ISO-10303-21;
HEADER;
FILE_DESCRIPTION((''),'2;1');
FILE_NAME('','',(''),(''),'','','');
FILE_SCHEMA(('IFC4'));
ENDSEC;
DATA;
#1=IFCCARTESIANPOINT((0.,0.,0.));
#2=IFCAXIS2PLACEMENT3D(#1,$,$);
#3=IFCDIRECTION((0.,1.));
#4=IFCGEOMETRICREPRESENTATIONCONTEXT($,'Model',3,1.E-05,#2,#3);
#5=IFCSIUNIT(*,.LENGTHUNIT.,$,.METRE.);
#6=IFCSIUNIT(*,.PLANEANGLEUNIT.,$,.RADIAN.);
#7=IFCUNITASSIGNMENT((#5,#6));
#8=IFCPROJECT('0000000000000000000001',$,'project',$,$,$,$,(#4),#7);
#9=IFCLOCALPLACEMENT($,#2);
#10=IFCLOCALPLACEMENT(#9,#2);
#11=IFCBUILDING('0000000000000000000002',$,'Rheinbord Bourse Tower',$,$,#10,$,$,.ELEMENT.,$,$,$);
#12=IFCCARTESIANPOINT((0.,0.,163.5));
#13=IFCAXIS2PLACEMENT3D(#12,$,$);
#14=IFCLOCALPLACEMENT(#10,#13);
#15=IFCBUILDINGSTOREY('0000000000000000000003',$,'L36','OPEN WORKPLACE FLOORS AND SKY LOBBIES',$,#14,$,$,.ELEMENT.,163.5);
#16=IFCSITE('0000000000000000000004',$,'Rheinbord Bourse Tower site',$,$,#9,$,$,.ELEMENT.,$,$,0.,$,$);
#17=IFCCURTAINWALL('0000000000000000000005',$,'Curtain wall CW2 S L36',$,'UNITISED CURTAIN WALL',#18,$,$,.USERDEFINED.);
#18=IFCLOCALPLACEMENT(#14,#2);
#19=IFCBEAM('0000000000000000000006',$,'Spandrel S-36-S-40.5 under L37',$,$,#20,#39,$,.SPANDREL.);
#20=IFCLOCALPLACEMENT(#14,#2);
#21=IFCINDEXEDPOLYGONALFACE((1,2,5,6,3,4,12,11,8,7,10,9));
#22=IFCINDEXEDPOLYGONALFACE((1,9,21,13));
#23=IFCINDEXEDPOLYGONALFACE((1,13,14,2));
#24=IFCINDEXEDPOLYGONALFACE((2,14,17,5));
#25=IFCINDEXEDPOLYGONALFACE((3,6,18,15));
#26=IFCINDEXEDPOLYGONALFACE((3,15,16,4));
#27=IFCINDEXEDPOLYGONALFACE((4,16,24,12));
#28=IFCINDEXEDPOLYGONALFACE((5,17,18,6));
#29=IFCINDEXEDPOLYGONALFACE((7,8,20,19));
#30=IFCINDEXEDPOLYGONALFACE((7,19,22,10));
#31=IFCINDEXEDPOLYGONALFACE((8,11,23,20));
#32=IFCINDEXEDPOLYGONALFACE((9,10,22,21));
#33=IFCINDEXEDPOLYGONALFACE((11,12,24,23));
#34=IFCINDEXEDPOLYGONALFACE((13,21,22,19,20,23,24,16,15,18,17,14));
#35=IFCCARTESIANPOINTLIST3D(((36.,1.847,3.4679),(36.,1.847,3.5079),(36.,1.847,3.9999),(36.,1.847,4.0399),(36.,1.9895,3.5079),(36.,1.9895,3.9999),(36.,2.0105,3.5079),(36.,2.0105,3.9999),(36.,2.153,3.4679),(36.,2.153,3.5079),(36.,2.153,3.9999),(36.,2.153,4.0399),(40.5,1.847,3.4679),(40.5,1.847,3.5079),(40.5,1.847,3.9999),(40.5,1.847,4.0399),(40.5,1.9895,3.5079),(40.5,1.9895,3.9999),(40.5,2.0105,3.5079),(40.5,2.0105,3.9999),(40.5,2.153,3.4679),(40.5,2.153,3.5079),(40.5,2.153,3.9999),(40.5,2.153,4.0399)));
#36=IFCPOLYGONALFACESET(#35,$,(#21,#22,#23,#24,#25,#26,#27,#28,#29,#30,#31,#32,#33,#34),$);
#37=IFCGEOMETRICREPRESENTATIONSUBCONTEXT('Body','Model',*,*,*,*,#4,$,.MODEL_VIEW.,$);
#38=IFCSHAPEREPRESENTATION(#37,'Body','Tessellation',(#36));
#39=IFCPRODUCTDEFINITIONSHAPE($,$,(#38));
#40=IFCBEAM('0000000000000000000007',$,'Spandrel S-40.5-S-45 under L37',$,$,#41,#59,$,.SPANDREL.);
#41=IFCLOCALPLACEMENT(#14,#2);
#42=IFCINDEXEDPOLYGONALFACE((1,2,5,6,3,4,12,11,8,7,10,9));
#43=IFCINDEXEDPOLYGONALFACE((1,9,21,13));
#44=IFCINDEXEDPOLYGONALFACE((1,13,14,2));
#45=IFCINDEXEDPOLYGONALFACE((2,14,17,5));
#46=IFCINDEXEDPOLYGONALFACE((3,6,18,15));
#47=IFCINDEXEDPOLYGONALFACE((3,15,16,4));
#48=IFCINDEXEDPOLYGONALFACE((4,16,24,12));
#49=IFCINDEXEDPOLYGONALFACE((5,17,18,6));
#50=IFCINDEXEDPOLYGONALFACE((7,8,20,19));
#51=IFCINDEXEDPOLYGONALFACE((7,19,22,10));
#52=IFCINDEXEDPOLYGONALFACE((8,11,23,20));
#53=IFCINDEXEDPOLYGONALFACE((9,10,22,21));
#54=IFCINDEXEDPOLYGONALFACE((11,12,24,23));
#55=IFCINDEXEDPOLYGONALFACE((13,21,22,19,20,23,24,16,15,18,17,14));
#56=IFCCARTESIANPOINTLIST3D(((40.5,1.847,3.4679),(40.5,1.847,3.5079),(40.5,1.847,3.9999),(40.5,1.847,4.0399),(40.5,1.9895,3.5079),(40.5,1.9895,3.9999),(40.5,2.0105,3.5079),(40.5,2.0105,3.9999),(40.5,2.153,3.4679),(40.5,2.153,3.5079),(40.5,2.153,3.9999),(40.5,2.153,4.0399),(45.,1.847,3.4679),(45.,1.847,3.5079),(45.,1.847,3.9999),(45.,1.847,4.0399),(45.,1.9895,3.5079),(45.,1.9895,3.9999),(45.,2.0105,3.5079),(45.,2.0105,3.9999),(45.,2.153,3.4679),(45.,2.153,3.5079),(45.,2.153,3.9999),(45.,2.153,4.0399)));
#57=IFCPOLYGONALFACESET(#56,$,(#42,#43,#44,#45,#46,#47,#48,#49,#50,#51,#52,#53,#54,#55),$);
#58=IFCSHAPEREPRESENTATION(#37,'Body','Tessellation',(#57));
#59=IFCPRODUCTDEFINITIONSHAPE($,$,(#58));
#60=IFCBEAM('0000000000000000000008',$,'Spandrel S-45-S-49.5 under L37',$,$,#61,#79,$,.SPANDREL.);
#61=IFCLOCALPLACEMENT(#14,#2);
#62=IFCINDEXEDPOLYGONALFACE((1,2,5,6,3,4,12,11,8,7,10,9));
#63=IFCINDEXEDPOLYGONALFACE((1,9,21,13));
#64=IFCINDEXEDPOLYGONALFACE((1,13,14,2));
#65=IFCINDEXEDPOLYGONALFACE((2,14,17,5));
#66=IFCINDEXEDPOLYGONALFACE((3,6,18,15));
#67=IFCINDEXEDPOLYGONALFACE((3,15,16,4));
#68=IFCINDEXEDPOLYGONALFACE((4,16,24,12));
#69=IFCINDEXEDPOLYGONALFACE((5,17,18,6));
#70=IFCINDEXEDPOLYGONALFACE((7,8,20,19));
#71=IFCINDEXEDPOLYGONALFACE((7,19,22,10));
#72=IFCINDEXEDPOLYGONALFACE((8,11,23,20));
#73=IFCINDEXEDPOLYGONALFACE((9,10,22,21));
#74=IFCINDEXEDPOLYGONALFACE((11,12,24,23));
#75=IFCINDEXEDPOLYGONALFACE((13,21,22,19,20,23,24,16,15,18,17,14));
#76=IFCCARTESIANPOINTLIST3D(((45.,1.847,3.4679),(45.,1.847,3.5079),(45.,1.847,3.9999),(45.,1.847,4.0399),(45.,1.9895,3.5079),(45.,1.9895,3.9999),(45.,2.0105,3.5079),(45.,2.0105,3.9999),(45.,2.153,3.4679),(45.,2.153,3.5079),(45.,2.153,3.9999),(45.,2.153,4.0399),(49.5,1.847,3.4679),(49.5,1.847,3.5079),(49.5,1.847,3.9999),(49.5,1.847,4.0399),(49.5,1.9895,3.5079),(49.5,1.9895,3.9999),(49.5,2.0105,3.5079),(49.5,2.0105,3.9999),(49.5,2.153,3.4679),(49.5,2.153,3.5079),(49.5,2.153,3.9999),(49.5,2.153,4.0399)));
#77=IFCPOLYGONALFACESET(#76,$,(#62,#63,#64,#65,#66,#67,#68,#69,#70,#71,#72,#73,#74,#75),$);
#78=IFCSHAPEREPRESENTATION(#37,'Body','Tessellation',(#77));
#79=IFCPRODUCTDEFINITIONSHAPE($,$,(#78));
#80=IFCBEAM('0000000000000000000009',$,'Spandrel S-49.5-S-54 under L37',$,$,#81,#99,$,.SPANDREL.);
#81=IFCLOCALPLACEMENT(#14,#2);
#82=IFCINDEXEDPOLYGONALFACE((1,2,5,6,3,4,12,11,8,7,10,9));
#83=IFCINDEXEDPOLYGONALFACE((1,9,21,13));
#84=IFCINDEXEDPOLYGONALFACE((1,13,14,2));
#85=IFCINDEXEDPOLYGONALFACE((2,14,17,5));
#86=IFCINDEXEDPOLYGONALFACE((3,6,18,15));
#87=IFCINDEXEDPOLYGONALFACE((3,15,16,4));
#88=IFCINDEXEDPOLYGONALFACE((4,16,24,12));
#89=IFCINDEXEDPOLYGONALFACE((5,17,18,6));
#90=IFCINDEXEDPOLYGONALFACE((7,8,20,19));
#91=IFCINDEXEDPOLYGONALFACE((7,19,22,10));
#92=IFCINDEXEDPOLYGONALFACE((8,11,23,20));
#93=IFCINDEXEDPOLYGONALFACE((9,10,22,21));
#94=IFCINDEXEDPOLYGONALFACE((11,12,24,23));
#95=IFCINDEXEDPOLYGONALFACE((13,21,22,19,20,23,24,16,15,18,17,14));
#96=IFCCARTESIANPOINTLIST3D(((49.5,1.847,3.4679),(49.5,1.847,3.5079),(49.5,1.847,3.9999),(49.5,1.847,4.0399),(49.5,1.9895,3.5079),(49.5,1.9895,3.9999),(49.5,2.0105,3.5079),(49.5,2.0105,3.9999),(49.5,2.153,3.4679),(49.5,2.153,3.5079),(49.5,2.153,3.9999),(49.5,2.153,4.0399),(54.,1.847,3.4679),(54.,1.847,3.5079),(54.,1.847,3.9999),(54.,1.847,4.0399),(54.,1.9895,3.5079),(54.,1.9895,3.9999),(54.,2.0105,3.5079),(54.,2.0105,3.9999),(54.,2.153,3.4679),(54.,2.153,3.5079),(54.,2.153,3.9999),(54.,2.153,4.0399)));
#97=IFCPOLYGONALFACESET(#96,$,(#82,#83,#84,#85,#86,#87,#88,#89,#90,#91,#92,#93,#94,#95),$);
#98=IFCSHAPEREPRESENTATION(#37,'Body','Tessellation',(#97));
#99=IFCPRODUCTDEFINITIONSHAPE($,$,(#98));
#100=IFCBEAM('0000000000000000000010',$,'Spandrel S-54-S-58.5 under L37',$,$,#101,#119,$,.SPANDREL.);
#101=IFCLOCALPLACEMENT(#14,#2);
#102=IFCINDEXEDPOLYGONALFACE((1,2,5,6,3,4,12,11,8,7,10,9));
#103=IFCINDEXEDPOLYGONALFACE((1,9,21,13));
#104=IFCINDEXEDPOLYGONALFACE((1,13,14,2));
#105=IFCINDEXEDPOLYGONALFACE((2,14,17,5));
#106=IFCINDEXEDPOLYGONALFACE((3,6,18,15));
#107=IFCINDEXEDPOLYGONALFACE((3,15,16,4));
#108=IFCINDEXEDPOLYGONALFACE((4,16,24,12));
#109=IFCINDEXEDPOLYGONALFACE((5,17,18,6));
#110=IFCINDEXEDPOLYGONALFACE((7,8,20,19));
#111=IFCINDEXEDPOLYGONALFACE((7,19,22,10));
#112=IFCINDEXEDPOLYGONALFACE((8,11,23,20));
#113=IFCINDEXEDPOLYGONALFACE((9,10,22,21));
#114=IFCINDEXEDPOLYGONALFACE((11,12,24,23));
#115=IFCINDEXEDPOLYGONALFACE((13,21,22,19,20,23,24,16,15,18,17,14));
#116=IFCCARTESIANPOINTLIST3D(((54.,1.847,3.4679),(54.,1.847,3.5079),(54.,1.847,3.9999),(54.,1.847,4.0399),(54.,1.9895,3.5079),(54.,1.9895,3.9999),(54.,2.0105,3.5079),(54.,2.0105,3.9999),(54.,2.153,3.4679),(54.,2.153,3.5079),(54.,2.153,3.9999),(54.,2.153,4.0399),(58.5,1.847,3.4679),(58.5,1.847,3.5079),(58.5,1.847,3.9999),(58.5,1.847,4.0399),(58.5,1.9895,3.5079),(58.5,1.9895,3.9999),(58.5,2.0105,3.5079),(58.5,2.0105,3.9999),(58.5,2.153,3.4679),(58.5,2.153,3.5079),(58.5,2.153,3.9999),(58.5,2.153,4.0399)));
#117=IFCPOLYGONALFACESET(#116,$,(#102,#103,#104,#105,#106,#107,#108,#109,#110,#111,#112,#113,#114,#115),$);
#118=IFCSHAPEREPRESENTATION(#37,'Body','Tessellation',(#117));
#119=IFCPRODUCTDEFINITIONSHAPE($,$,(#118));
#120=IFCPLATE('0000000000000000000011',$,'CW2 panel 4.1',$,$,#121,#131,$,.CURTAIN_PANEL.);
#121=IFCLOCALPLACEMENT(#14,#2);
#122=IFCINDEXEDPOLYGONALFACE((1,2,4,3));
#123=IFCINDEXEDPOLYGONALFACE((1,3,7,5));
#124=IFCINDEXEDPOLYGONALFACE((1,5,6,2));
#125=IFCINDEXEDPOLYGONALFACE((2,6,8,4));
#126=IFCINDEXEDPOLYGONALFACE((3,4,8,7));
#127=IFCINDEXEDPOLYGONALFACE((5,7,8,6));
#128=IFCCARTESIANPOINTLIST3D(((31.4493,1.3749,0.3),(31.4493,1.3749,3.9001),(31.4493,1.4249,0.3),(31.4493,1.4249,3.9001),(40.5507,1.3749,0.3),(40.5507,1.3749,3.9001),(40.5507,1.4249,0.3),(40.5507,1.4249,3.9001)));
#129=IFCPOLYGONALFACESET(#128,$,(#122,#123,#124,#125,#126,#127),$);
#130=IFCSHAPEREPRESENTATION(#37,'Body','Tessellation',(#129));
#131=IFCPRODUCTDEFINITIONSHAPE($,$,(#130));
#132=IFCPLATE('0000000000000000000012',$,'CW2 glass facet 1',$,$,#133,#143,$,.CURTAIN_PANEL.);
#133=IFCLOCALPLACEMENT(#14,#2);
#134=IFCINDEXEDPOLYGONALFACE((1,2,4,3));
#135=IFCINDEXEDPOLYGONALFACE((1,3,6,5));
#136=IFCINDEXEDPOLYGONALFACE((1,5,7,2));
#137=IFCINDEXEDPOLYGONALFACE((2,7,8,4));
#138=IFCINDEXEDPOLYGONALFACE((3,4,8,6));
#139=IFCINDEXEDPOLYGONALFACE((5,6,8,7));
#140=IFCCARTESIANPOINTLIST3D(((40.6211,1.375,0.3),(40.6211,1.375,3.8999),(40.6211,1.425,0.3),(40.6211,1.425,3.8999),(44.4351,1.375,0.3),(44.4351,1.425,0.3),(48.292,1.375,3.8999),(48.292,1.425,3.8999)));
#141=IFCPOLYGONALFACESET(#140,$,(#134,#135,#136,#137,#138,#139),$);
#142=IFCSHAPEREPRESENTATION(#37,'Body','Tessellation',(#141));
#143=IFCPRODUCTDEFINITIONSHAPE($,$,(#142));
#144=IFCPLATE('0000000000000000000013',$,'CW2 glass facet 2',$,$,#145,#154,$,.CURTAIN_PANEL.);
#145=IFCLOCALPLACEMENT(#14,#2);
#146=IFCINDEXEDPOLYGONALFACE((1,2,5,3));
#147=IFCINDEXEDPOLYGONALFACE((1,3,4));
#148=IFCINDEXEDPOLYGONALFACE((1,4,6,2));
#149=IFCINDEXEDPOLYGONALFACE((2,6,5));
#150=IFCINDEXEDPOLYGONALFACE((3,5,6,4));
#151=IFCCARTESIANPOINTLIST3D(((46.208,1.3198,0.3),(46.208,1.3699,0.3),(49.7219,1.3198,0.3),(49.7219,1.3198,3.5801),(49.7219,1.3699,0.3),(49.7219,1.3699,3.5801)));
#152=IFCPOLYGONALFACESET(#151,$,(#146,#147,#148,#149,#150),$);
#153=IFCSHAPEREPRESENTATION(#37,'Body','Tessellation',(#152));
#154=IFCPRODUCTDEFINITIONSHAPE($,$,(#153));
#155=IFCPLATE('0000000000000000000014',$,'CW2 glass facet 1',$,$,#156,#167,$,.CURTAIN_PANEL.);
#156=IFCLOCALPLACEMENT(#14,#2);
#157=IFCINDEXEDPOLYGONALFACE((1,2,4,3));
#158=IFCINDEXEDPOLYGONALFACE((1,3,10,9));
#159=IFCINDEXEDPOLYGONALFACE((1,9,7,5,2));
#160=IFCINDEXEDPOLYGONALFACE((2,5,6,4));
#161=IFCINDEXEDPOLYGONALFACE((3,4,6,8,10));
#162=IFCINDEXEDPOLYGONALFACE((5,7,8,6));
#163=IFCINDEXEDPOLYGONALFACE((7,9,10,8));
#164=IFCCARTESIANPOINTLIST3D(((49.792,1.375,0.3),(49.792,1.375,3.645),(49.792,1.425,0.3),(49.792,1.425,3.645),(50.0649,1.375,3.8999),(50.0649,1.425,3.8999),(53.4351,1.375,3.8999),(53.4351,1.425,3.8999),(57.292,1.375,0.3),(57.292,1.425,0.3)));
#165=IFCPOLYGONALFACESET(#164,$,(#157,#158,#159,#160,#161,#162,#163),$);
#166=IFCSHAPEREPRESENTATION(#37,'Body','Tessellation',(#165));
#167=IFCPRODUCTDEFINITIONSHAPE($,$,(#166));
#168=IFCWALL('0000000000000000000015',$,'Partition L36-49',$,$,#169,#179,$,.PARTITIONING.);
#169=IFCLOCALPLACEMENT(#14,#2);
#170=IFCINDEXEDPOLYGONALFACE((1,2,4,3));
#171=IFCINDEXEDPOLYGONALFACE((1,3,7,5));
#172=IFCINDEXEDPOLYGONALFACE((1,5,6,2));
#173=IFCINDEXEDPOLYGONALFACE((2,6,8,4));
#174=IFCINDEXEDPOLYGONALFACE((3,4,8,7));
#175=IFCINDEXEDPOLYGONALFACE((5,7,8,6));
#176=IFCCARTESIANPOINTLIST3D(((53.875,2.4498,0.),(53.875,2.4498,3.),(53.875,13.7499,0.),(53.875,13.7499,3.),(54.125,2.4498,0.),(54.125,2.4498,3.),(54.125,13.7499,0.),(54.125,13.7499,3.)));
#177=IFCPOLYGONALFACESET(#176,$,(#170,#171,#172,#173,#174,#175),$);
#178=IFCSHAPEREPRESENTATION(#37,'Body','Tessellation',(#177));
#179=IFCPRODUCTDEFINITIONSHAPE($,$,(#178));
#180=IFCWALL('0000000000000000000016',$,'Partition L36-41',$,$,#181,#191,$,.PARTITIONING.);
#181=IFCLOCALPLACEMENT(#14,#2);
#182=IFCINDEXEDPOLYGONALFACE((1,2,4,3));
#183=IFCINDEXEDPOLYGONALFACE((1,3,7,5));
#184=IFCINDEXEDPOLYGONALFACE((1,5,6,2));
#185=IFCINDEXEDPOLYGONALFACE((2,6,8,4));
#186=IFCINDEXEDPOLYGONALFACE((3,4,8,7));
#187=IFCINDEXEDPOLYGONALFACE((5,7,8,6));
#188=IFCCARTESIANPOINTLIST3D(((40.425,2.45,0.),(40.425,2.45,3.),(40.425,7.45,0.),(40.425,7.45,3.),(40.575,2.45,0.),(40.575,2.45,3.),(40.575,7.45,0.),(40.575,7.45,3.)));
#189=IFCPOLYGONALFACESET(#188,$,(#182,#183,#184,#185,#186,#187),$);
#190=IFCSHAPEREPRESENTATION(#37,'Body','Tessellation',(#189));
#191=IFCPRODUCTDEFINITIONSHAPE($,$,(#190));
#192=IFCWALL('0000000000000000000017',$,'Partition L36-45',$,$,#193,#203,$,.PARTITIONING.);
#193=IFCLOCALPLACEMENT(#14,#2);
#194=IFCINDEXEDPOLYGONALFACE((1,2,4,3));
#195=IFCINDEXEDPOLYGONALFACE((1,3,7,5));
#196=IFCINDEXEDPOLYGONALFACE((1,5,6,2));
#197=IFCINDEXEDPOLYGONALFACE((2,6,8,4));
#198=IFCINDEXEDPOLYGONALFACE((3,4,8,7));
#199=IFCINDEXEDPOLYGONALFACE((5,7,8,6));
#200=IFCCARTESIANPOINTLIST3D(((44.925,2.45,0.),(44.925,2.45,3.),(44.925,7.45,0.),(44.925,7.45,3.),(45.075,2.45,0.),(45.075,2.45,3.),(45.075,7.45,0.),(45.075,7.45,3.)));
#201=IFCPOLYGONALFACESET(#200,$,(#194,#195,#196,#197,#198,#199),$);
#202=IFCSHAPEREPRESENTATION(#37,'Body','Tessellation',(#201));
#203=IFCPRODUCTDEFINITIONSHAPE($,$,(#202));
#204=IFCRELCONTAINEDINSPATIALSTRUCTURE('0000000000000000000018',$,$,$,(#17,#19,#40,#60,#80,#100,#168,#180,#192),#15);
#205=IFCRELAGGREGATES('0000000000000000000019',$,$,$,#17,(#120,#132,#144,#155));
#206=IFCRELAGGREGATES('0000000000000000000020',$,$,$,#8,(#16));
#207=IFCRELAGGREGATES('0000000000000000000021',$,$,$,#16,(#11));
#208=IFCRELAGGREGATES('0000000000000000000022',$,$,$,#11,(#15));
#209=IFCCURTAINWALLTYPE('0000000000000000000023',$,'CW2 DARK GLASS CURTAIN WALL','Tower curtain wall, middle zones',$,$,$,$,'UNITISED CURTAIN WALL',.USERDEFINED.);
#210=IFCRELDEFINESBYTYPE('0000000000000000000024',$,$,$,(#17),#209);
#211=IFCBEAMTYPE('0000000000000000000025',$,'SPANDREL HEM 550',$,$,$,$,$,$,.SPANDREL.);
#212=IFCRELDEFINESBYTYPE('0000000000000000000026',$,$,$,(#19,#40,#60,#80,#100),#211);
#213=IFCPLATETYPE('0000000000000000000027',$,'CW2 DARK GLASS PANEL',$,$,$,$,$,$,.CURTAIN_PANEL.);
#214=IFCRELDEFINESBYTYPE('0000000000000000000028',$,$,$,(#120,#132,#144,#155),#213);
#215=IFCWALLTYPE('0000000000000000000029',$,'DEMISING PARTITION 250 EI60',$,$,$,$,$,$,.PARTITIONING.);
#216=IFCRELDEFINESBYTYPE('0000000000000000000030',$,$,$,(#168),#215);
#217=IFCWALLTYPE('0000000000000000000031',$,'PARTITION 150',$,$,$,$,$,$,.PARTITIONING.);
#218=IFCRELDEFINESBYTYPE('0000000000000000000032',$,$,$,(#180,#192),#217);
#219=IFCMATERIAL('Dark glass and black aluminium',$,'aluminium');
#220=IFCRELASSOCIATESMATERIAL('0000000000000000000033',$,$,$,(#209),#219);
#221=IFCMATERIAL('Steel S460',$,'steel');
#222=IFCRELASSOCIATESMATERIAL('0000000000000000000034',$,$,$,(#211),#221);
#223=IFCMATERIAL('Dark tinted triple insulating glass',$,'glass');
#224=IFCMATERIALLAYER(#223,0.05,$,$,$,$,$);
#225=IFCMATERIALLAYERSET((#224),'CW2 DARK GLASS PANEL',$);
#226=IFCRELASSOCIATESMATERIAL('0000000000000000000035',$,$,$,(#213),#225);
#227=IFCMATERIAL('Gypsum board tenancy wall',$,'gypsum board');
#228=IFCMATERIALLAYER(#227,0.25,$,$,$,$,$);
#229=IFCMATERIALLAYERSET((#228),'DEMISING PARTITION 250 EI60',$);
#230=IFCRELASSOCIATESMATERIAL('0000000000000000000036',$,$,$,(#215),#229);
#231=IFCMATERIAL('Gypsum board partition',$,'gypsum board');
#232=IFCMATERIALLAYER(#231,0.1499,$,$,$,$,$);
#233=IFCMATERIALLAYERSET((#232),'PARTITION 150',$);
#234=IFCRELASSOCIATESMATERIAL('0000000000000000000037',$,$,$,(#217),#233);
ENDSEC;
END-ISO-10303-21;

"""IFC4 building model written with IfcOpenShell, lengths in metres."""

from ifc_helpers import new_model, si_unit, direction, frame, frame_2d, origin, origin_2d, place, context, subcontext, project, spatial, polyline, rectangle, i_section, outline, extrude, material, layer, layer_set, material_profile, profile_set, type_object, element, aggregate, save


model = new_model("IFC4")

# Units and contexts
model_context = context("Model", 3, precision=1e-05, world=origin(), true_north=direction((0.0, 1.0)))
body_context = subcontext(model_context, "Body", "Model", "MODEL_VIEW")
ifc_project = project(units=[si_unit("LENGTHUNIT", "METRE"), si_unit("PLANEANGLEUNIT", "RADIAN")], contexts=[model_context])

# Site, building, storey
site_placement = place(None, origin())
site = spatial("IfcSite", under=ifc_project, at=site_placement, Name="Rheinbord Bourse Tower site", CompositionType="ELEMENT", RefElevation=0.0)
building_placement = place(site_placement, origin())
building = spatial("IfcBuilding", under=site, at=building_placement, Name="Rheinbord Bourse Tower", CompositionType="ELEMENT")
storey_placement = place(building_placement, frame((0.0, 0.0, 163.5)))
storey = spatial("IfcBuildingStorey", under=building, at=storey_placement, Name="L36", Description="OPEN WORKPLACE FLOORS AND SKY LOBBIES", CompositionType="ELEMENT", Elevation=163.5)

# Curtain wall
ifc_material_1 = material(Name="Dark glass and black aluminium", Category="aluminium")
curtain_wall_type = type_object("IfcCurtainWallType", Name="CW2 DARK GLASS CURTAIN WALL", Description="Tower curtain wall, middle zones", ElementType="UNITISED CURTAIN WALL", PredefinedType="USERDEFINED", material=ifc_material_1)
curtain_wall_placement = place(storey_placement, origin())
curtain_wall = element("IfcCurtainWall", 1, at=curtain_wall_placement, inside=storey, type_object=curtain_wall_type, Name="Curtain wall CW2 S L36", ObjectType="UNITISED CURTAIN WALL", PredefinedType="USERDEFINED")

# Beams
ifc_material_2 = material(Name="Steel S460", Category="steel")
ifc_material_profile_1 = material_profile(ifc_material_2, i_section(OverallWidth=0.3059, OverallDepth=0.572, WebThickness=0.021, FlangeThickness=0.04, at=origin_2d()), Name="HEM 550")
ifc_profile_set_1 = profile_set([ifc_material_profile_1], Name="Steel S460")
beam_type_1 = type_object("IfcBeamType", Name="SPANDREL HEM 550", PredefinedType="SPANDREL", material=ifc_profile_set_1)
for number, where, z_axis, x_axis, name in (
    (2, (36.0, 2.0, 3.7539), (1.0, 0.0, 0.0), (0.0, 1.0, 0.0), "Spandrel S-36-S-40.5 under L37"),
    (3, (40.5, 2.0, 3.7539), (1.0, 0.0, 0.0), (0.0, 1.0, 0.0), "Spandrel S-40.5-S-45 under L37"),
    (4, (45.0, 2.0, 3.7539), (1.0, 0.0, 0.0), (0.0, 1.0, 0.0), "Spandrel S-45-S-49.5 under L37"),
    (5, (49.5, 2.0, 3.7539), (1.0, 0.0, 0.0), (0.0, 1.0, 0.0), "Spandrel S-49.5-S-54 under L37"),
    (6, (54.0, 2.0, 3.7539), (1.0, 0.0, 0.0), (0.0, 1.0, 0.0), "Spandrel S-54-S-58.5 under L37"),
):
    element("IfcBeam", number, at=place(storey_placement, frame(where, z_axis=z_axis, x_axis=x_axis)), inside=storey, type_object=beam_type_1, Name=name, PredefinedType="SPANDREL", context=body_context, shape_type="SweptSolid", body=[
        extrude(i_section(OverallWidth=0.3059, OverallDepth=0.572, WebThickness=0.021, FlangeThickness=0.04, at=origin_2d()), origin(), (0.0, 0.0, 1.0), 4.5),
    ])

# Plates
ifc_material_3 = material(Name="Dark tinted triple insulating glass", Category="glass")
ifc_layer_1 = layer(ifc_material_3, 0.05)
ifc_layer_set_1 = layer_set([ifc_layer_1], Name="CW2 DARK GLASS PANEL")
plate_type = type_object("IfcPlateType", Name="CW2 DARK GLASS PANEL", PredefinedType="CURTAIN_PANEL", material=ifc_layer_set_1)
plate_1_placement = place(storey_placement, frame((36.0, 1.3999, 0.3), z_axis=(0.0, 0.0, 1.0), x_axis=(1.0, 0.0, 0.0)))
plate_1 = element("IfcPlate", 7, at=plate_1_placement, type_object=plate_type, Name="CW2 panel 4.1", PredefinedType="CURTAIN_PANEL", context=body_context, shape_type="SweptSolid", body=[
    extrude(rectangle(XDim=9.1013, YDim=0.05, at=origin_2d()), origin(), (0.0, 0.0, 1.0), 3.6001),
])
plate_2_placement = place(storey_placement, frame((40.6211, 1.375, 0.3), z_axis=(0.0, 1.0, 0.0), x_axis=(0.0, 0.0, 1.0)))
plate_2 = element("IfcPlate", 8, at=plate_2_placement, type_object=plate_type, Name="CW2 glass facet 1", PredefinedType="CURTAIN_PANEL", context=body_context, shape_type="SweptSolid", body=[
    extrude(outline(polyline([(0.0, 0.0), (3.5999, 0.0), (3.5999, 7.6709), (0.0, 3.814), (0.0, 0.0)])), origin(), (0.0, 0.0, 1.0), 0.05),
])
plate_3_placement = place(storey_placement, frame((49.7219, 1.3198, 0.3), z_axis=(0.0, 1.0, 0.0), x_axis=(-1.0, 0.0, 0.0)))
plate_3 = element("IfcPlate", 9, at=plate_3_placement, type_object=plate_type, Name="CW2 glass facet 2", PredefinedType="CURTAIN_PANEL", context=body_context, shape_type="SweptSolid", body=[
    extrude(outline(polyline([(0.0, 0.0), (3.5139, 0.0), (0.0, 3.28), (0.0, 0.0)])), origin(), (0.0, 0.0, 1.0), 0.05),
])
plate_4_placement = place(storey_placement, frame((49.792, 1.375, 0.3), z_axis=(0.0, 1.0, 0.0), x_axis=(0.0, 0.0, 1.0)))
plate_4 = element("IfcPlate", 10, at=plate_4_placement, type_object=plate_type, Name="CW2 glass facet 1", PredefinedType="CURTAIN_PANEL", context=body_context, shape_type="SweptSolid", body=[
    extrude(outline(polyline([(0.0, 0.0), (3.345, 0.0), (3.5999, 0.2729), (3.5999, 3.6431), (0.0, 7.5), (0.0, 0.0)])), origin(), (0.0, 0.0, 1.0), 0.05),
])
aggregate(curtain_wall, [plate_1, plate_2, plate_3, plate_4])

# Walls
ifc_material_4 = material(Name="Gypsum board tenancy wall", Category="gypsum board")
ifc_layer_2 = layer(ifc_material_4, 0.25)
ifc_layer_set_2 = layer_set([ifc_layer_2], Name="DEMISING PARTITION 250 EI60")
wall_type_1 = type_object("IfcWallType", Name="DEMISING PARTITION 250 EI60", PredefinedType="PARTITIONING", material=ifc_layer_set_2)
wall_placement = place(storey_placement, frame((54.0, 2.45, 0.0), z_axis=(0.0, 0.0, 1.0), x_axis=(0.0, 1.0, 0.0)))
element("IfcWall", 11, at=wall_placement, inside=storey, type_object=wall_type_1, Name="Partition L36-49", PredefinedType="PARTITIONING", context=body_context, shape_type="SweptSolid", body=[
    extrude(rectangle(XDim=11.3, YDim=0.25, at=frame_2d((5.6499, 0.0))), origin(), (0.0, 0.0, 1.0), 3.0),
])
ifc_material_5 = material(Name="Gypsum board partition", Category="gypsum board")
ifc_layer_3 = layer(ifc_material_5, 0.1499)
ifc_layer_set_3 = layer_set([ifc_layer_3], Name="PARTITION 150")
wall_type_2 = type_object("IfcWallType", Name="PARTITION 150", PredefinedType="PARTITIONING", material=ifc_layer_set_3)
for number, where, z_axis, x_axis, name in (
    (12, (40.5, 2.45, 0.0), (0.0, 0.0, 1.0), (0.0, 1.0, 0.0), "Partition L36-41"),
    (13, (45.0, 2.45, 0.0), (0.0, 0.0, 1.0), (0.0, 1.0, 0.0), "Partition L36-45"),
):
    element("IfcWall", number, at=place(storey_placement, frame(where, z_axis=z_axis, x_axis=x_axis)), inside=storey, type_object=wall_type_2, Name=name, PredefinedType="PARTITIONING", context=body_context, shape_type="SweptSolid", body=[
        extrude(rectangle(XDim=5.0, YDim=0.1499, at=frame_2d((2.5, 0.0))), origin(), (0.0, 0.0, 1.0), 3.0),
    ])

save(model, "model.ifc")
